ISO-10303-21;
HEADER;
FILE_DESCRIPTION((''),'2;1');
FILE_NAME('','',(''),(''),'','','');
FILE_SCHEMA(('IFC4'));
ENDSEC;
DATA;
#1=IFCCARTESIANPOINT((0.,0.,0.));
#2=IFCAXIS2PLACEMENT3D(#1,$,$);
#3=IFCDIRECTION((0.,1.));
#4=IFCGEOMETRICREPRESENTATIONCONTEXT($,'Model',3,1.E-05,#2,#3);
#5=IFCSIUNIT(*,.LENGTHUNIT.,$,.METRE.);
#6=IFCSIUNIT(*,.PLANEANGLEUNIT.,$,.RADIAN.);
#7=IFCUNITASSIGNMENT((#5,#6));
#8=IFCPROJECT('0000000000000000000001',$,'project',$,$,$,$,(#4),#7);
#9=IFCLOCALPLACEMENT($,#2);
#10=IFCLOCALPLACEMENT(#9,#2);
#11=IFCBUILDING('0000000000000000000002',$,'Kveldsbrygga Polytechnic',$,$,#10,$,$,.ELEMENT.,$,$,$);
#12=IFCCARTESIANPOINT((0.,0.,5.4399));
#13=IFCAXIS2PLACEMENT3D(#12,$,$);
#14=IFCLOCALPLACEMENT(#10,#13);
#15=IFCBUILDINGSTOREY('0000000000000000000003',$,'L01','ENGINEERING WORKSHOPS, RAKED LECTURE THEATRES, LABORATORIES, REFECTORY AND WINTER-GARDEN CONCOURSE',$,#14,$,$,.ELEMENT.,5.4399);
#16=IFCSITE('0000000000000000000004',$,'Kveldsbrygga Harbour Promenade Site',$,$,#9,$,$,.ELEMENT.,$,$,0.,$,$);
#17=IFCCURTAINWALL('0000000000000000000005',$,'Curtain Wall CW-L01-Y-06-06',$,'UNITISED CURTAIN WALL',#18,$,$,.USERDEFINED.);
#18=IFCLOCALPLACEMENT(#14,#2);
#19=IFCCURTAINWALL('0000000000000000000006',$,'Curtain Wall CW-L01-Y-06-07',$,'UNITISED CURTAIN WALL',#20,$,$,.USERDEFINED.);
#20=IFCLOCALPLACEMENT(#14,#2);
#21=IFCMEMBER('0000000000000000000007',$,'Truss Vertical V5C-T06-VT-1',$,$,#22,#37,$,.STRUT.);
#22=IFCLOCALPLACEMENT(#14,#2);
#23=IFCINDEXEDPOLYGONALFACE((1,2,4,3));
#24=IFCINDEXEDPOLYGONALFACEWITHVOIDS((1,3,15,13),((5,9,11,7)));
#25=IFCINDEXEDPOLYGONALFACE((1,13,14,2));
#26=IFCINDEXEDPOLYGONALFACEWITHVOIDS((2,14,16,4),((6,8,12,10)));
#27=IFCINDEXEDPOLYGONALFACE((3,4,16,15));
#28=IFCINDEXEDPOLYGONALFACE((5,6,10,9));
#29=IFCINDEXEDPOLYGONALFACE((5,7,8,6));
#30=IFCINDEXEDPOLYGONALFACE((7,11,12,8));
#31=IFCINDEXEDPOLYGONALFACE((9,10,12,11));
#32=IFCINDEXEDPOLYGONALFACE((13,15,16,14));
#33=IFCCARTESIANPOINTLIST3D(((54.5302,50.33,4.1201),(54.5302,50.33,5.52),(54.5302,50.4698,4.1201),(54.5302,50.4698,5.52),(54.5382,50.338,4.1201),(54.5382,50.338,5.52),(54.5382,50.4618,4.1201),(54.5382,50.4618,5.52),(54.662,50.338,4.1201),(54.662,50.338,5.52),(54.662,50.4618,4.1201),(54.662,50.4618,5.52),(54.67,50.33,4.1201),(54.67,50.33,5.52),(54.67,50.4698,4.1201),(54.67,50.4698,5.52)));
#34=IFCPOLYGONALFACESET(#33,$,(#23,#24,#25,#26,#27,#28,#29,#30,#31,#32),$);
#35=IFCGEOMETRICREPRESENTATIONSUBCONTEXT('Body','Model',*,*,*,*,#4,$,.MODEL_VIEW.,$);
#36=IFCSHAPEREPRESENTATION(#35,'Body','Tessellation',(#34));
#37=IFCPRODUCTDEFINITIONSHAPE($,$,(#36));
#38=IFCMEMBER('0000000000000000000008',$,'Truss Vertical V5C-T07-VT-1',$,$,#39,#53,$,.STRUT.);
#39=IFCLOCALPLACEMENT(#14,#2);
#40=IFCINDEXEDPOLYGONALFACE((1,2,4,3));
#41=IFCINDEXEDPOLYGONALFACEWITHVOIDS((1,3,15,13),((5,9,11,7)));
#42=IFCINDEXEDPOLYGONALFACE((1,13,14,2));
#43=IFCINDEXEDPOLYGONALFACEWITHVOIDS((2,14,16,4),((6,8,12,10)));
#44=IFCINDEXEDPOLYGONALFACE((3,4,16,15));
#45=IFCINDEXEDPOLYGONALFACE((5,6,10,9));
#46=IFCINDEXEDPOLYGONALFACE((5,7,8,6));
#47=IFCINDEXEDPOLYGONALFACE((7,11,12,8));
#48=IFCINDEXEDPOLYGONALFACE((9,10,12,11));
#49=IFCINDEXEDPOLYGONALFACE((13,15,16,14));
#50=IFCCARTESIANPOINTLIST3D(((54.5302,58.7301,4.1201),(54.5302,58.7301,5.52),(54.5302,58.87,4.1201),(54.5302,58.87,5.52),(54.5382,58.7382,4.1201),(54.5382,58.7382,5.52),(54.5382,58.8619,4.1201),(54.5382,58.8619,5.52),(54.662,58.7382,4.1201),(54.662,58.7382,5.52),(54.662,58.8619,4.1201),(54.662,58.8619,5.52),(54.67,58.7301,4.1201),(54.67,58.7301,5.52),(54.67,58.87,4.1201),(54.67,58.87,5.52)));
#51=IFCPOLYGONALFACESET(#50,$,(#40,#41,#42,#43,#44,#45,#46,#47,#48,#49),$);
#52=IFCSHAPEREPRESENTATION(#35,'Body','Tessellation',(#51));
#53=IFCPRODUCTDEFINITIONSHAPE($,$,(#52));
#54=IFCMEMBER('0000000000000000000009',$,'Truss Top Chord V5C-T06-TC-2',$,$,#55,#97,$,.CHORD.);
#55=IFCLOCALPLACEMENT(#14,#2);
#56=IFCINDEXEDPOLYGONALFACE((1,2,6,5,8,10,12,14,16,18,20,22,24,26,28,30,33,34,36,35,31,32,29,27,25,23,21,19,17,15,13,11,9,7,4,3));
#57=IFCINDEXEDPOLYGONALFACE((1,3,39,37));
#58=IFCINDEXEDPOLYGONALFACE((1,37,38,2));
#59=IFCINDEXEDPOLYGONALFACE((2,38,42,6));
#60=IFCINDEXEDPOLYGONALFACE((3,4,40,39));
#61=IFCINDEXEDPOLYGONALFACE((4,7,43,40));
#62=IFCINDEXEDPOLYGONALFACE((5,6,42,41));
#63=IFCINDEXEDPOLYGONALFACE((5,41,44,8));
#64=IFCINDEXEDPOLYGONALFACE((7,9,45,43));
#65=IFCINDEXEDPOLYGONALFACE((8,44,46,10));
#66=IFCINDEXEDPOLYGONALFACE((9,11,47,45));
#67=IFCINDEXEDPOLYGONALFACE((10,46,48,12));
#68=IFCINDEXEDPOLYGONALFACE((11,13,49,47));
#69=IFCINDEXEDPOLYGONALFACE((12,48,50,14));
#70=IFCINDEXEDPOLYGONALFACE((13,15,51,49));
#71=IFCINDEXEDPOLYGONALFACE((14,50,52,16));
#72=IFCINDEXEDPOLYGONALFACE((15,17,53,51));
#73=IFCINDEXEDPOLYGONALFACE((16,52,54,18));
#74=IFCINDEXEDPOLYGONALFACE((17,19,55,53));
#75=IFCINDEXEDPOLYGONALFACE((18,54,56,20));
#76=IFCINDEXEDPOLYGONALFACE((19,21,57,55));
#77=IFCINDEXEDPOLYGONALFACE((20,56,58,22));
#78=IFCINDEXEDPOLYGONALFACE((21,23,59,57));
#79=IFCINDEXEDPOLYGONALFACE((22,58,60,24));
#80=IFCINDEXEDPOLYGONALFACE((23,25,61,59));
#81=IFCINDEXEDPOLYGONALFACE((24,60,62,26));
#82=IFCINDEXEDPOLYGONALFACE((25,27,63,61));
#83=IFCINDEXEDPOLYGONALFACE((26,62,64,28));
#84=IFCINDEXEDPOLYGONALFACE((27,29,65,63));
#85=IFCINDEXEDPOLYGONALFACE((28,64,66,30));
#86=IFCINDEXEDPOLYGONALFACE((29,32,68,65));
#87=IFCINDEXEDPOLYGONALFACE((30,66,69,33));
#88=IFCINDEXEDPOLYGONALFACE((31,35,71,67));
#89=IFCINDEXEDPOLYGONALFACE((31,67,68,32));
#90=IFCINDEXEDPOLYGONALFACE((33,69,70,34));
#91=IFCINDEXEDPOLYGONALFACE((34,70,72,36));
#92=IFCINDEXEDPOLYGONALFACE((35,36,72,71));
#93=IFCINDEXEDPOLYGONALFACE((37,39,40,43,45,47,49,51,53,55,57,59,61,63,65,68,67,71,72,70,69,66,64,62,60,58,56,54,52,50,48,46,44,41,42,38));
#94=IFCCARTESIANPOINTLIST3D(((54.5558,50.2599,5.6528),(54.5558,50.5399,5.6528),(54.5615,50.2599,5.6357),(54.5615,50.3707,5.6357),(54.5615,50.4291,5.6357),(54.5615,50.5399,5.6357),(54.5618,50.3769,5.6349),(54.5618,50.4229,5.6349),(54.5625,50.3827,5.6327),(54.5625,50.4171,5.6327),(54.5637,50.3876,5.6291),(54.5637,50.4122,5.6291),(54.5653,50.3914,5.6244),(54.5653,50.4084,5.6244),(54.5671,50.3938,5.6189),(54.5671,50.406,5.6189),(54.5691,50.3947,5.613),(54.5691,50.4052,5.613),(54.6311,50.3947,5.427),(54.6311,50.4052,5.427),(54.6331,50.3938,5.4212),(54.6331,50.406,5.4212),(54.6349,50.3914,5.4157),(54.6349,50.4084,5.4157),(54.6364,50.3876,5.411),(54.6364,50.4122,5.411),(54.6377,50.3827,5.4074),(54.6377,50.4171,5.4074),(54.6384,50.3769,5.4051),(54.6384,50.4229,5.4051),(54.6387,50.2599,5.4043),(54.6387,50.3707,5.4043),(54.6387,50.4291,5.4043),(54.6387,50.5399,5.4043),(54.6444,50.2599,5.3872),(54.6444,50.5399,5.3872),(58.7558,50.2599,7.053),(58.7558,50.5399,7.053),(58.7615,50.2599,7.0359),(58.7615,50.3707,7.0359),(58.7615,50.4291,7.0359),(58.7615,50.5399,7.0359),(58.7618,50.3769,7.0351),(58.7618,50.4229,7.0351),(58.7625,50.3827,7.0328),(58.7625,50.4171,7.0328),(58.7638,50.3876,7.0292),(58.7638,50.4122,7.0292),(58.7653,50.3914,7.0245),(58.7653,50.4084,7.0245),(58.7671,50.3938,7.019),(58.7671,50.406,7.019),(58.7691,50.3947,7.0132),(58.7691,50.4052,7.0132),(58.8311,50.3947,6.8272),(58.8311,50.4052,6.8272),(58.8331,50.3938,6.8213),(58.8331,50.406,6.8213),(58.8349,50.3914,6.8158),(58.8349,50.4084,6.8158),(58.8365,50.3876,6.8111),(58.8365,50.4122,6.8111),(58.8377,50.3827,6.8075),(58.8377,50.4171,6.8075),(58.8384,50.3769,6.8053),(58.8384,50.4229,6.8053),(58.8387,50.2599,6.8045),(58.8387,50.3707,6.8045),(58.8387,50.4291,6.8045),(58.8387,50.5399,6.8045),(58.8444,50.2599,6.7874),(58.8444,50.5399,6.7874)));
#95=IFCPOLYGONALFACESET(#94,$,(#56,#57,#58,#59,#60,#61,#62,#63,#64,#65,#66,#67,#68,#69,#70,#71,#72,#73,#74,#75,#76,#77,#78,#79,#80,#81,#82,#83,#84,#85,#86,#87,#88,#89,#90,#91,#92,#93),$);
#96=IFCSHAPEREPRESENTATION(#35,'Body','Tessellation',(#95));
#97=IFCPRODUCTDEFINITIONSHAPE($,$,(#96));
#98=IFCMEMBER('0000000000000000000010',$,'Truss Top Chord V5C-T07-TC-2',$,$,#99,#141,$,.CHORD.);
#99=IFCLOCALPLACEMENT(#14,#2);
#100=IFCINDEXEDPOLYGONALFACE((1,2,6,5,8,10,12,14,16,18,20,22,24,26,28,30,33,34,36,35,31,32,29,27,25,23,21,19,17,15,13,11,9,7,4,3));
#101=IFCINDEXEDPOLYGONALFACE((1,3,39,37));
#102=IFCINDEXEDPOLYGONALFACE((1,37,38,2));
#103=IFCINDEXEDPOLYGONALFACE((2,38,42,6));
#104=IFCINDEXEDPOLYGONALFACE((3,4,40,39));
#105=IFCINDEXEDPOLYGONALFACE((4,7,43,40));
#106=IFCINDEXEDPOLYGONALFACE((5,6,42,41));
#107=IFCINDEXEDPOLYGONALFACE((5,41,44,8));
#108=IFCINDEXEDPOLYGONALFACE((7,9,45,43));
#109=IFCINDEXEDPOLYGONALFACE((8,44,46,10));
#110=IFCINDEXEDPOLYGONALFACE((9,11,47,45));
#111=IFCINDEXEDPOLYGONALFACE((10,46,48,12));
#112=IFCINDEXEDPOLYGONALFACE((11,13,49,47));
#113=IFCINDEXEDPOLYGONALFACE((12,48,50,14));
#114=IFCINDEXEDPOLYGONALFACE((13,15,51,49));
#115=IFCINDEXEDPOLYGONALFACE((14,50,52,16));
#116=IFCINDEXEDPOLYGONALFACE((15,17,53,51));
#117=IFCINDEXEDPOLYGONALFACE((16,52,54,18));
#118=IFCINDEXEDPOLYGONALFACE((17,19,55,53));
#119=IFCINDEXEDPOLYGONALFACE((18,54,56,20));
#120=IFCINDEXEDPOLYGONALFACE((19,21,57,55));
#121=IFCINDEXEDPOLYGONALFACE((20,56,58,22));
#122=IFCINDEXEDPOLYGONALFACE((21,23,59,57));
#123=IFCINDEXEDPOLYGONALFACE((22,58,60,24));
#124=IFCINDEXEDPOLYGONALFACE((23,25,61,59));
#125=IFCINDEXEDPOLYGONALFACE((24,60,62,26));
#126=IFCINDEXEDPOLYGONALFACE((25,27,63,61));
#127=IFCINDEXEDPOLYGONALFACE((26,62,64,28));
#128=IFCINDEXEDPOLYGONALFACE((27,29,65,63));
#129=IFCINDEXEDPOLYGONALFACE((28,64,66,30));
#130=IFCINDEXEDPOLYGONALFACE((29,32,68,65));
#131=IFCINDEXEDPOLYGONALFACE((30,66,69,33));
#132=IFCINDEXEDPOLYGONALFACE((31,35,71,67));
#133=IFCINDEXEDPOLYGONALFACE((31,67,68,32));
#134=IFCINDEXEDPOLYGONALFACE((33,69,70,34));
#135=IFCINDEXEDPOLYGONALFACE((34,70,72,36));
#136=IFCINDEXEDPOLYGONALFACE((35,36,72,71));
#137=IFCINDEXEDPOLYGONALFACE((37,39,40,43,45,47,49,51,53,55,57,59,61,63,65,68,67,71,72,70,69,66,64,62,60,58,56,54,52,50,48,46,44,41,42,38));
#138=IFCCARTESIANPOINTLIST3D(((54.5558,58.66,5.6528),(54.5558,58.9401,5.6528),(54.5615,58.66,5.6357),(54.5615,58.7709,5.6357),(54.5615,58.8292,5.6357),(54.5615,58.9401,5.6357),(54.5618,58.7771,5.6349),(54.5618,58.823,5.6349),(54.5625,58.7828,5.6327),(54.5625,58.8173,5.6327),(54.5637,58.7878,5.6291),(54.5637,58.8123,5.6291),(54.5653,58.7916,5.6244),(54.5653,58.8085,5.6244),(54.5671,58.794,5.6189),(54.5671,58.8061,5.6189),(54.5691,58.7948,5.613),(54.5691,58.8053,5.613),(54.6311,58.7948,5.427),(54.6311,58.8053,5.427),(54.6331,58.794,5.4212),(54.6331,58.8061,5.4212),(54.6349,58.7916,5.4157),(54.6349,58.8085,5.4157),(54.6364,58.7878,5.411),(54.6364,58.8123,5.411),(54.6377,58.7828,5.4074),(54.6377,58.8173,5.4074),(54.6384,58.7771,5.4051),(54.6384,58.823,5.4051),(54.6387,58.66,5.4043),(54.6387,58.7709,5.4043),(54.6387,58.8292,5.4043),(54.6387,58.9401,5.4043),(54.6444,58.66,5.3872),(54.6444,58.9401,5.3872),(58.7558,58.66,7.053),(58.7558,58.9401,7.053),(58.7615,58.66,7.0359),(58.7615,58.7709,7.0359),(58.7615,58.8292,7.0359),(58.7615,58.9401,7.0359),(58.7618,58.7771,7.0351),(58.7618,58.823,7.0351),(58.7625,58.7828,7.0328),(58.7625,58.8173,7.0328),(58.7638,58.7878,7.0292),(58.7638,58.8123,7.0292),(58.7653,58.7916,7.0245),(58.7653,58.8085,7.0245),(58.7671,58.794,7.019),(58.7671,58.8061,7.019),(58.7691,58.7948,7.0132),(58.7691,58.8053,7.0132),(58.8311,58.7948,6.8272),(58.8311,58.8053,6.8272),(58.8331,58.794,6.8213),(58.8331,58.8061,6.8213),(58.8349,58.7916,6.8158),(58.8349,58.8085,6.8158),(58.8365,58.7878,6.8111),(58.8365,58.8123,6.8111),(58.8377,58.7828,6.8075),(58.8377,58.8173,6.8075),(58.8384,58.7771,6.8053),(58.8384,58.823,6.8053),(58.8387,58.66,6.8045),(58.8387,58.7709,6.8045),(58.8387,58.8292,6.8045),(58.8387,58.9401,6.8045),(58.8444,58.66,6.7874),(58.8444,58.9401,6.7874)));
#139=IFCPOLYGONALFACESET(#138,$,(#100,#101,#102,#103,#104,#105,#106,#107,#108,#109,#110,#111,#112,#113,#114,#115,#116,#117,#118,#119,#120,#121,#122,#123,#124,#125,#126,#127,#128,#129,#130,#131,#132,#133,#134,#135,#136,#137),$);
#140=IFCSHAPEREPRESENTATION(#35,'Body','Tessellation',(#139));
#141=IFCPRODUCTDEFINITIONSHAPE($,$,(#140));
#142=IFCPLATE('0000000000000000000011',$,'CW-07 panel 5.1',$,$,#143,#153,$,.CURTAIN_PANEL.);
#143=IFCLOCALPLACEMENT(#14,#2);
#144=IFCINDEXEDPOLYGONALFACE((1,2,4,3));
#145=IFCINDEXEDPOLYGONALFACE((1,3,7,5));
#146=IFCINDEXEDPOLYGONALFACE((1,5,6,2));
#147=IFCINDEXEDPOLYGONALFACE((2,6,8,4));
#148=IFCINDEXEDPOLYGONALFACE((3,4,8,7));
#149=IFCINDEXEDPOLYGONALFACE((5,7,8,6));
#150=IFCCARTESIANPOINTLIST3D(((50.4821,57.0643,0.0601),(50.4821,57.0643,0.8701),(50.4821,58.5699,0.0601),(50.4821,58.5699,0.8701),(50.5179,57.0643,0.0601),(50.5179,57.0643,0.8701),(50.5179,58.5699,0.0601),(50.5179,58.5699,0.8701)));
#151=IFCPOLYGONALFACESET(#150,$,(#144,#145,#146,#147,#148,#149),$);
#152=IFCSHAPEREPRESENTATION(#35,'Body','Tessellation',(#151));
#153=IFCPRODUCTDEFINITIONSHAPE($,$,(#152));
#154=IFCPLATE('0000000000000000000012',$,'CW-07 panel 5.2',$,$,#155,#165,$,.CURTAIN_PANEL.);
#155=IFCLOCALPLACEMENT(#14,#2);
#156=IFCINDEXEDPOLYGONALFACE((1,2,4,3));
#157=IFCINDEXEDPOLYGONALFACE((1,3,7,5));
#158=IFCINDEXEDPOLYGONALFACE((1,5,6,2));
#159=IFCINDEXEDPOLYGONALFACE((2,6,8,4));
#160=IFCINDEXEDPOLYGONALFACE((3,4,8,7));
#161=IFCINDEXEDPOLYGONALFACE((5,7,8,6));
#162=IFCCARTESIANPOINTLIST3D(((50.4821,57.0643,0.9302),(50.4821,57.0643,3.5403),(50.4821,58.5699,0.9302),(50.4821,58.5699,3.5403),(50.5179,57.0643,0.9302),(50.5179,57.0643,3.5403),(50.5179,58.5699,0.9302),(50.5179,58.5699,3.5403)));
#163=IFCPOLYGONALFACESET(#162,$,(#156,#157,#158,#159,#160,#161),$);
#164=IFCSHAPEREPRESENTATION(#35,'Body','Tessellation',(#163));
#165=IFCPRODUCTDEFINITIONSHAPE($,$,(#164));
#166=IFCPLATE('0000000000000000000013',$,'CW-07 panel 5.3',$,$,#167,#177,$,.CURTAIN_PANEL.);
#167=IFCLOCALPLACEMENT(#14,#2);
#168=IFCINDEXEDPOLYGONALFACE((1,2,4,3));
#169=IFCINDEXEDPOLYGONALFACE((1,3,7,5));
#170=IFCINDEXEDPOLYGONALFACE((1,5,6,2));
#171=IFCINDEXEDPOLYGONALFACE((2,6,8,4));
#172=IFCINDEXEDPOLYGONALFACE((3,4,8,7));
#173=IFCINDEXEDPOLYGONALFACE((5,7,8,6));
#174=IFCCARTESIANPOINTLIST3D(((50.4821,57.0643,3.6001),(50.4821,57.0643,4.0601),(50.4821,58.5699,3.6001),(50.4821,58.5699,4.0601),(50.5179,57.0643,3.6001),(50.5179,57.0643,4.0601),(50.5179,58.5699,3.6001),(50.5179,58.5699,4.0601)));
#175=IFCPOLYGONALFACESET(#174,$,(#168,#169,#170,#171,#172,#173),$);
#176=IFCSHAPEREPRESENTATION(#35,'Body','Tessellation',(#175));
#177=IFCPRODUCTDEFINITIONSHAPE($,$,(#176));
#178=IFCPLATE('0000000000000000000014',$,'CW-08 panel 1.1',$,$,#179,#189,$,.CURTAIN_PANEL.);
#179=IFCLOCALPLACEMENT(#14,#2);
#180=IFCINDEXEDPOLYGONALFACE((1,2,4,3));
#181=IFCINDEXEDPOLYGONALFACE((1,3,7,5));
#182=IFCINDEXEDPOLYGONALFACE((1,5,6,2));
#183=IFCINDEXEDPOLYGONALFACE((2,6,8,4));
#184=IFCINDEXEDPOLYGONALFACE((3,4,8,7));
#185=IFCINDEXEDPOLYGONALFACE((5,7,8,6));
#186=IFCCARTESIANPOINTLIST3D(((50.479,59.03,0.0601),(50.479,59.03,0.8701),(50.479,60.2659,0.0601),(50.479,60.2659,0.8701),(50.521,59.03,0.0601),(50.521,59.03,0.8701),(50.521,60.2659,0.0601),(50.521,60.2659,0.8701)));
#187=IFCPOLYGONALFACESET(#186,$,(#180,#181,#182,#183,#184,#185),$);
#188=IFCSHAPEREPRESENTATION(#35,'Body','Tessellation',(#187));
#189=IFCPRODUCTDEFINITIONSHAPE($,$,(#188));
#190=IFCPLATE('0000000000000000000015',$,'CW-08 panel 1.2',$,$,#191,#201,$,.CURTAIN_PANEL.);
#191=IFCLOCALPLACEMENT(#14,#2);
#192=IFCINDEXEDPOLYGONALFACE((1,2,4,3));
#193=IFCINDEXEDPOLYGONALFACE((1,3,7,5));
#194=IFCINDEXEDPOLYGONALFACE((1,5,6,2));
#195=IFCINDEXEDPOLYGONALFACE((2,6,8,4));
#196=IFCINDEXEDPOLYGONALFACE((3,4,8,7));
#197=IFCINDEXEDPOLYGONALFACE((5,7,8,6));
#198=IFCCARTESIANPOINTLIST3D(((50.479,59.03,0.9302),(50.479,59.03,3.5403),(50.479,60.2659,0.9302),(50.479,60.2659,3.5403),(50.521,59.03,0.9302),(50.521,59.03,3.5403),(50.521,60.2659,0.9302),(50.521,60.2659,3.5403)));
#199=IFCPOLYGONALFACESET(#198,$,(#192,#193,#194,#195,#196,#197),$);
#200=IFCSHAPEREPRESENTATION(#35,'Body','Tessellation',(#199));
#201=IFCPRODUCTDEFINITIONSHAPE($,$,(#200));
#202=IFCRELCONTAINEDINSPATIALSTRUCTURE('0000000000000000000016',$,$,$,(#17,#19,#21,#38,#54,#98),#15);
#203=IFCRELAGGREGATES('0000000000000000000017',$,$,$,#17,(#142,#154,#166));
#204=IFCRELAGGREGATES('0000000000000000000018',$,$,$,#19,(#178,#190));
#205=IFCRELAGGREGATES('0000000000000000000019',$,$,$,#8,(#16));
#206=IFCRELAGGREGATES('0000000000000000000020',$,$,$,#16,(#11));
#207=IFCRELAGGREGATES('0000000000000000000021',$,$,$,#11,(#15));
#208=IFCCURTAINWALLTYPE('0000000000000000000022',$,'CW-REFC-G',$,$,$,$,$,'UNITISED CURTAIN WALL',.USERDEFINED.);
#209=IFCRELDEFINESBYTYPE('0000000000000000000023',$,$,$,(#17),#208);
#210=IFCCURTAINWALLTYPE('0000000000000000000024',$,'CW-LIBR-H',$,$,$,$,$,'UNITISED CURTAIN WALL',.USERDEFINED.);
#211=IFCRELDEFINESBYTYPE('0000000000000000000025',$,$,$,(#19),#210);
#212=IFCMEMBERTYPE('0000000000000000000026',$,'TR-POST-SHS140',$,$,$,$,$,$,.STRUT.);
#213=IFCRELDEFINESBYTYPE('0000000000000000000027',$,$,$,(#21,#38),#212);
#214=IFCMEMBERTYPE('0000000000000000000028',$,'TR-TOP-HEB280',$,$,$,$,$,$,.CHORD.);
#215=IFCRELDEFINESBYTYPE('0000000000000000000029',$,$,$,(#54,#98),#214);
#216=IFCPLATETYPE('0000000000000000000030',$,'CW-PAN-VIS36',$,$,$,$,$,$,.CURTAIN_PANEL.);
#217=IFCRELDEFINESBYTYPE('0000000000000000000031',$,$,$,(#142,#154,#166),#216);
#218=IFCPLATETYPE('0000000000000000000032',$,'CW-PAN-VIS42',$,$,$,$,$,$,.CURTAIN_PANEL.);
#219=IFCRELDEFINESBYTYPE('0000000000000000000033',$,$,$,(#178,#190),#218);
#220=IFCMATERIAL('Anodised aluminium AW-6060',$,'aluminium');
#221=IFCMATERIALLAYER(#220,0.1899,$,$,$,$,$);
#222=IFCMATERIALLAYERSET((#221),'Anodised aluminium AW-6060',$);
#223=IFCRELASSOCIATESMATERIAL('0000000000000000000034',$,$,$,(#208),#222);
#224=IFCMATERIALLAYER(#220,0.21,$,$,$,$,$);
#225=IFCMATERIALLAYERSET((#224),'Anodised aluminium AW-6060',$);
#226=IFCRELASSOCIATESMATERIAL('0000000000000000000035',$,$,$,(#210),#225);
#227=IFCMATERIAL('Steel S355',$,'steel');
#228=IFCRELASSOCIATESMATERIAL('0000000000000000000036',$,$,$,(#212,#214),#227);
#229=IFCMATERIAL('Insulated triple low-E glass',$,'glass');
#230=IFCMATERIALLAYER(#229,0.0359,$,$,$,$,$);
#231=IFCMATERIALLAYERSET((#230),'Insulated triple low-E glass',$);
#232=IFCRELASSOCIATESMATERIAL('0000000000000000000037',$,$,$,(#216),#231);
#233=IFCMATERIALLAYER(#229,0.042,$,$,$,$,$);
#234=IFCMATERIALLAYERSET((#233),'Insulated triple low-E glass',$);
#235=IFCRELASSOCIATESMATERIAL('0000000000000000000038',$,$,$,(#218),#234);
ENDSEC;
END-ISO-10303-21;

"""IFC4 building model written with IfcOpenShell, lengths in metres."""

from ifc_helpers import new_model, si_unit, direction, frame, origin, origin_2d, place, context, subcontext, project, spatial, rectangle, hollow_rectangle, i_section, extrude, material, layer, layer_set, material_profile, profile_set, type_object, element, aggregate, save


model = new_model("IFC4")

# Units and contexts
model_context = context("Model", 3, precision=1e-05, world=origin(), true_north=direction((0.0, 1.0)))
body_context = subcontext(model_context, "Body", "Model", "MODEL_VIEW")
ifc_project = project(units=[si_unit("LENGTHUNIT", "METRE"), si_unit("PLANEANGLEUNIT", "RADIAN")], contexts=[model_context])

# Site, building, storey
site_placement = place(None, origin())
site = spatial("IfcSite", under=ifc_project, at=site_placement, Name="Kveldsbrygga Harbour Promenade Site", CompositionType="ELEMENT", RefElevation=0.0)
building_placement = place(site_placement, origin())
building = spatial("IfcBuilding", under=site, at=building_placement, Name="Kveldsbrygga Polytechnic", CompositionType="ELEMENT")
storey_placement = place(building_placement, frame((0.0, 0.0, 5.4399)))
storey = spatial("IfcBuildingStorey", under=building, at=storey_placement, Name="L01", Description="ENGINEERING WORKSHOPS, RAKED LECTURE THEATRES, LABORATORIES, REFECTORY AND WINTER-GARDEN CONCOURSE", CompositionType="ELEMENT", Elevation=5.4399)

# Curtain wall
ifc_material_1 = material(Name="Anodised aluminium AW-6060", Category="aluminium")
ifc_layer_1 = layer(ifc_material_1, 0.1899)
ifc_layer_set_1 = layer_set([ifc_layer_1], Name="Anodised aluminium AW-6060")
curtain_wall_type_1 = type_object("IfcCurtainWallType", Name="CW-REFC-G", ElementType="UNITISED CURTAIN WALL", PredefinedType="USERDEFINED", material=ifc_layer_set_1)
curtain_wall_1_placement = place(storey_placement, origin())
curtain_wall_1 = element("IfcCurtainWall", 1, at=curtain_wall_1_placement, inside=storey, type_object=curtain_wall_type_1, Name="Curtain Wall CW-L01-Y-06-06", ObjectType="UNITISED CURTAIN WALL", PredefinedType="USERDEFINED")

# Curtain wall
ifc_layer_2 = layer(ifc_material_1, 0.21)
ifc_layer_set_2 = layer_set([ifc_layer_2], Name="Anodised aluminium AW-6060")
curtain_wall_type_2 = type_object("IfcCurtainWallType", Name="CW-LIBR-H", ElementType="UNITISED CURTAIN WALL", PredefinedType="USERDEFINED", material=ifc_layer_set_2)
curtain_wall_2_placement = place(storey_placement, origin())
curtain_wall_2 = element("IfcCurtainWall", 2, at=curtain_wall_2_placement, inside=storey, type_object=curtain_wall_type_2, Name="Curtain Wall CW-L01-Y-06-07", ObjectType="UNITISED CURTAIN WALL", PredefinedType="USERDEFINED")

# Members
ifc_material_2 = material(Name="Steel S355", Category="steel")
ifc_material_profile_1 = material_profile(ifc_material_2, hollow_rectangle(XDim=0.1399, YDim=0.1399, WallThickness=0.0081, at=origin_2d()), Name="SHS 140x140x8.0")
ifc_profile_set_1 = profile_set([ifc_material_profile_1], Name="Steel S355")
member_type_1 = type_object("IfcMemberType", Name="TR-POST-SHS140", PredefinedType="STRUT", material=ifc_profile_set_1)
for number, where, z_axis, x_axis, name in (
    (3, (54.6001, 50.3999, 4.1201), (0.0, 0.0, 1.0), (1.0, 0.0, 0.0), "Truss Vertical V5C-T06-VT-1"),
    (4, (54.6001, 58.8, 4.1201), (0.0, 0.0, 1.0), (1.0, 0.0, 0.0), "Truss Vertical V5C-T07-VT-1"),
):
    element("IfcMember", number, at=place(storey_placement, frame(where, z_axis=z_axis, x_axis=x_axis)), inside=storey, type_object=member_type_1, Name=name, PredefinedType="STRUT", context=body_context, shape_type="SweptSolid", body=[
        extrude(hollow_rectangle(XDim=0.1399, YDim=0.1399, WallThickness=0.0081, at=origin_2d()), origin(), (0.0, 0.0, 1.0), 1.3999),
    ])
ifc_material_profile_2 = material_profile(ifc_material_2, i_section(OverallWidth=0.28, OverallDepth=0.28, WebThickness=0.0105, FlangeThickness=0.0181, FilletRadius=0.0239, at=origin_2d()), Name="HEB 280")
ifc_profile_set_2 = profile_set([ifc_material_profile_2], Name="Steel S355")
member_type_2 = type_object("IfcMemberType", Name="TR-TOP-HEB280", PredefinedType="CHORD", material=ifc_profile_set_2)
for number, where, z_axis, x_axis, name in (
    (5, (54.6001, 50.3999, 5.52), (0.948672, 0.0, 0.316261), (0.0, 1.0, 0.0), "Truss Top Chord V5C-T06-TC-2"),
    (6, (54.6001, 58.8, 5.52), (0.948672, 0.0, 0.316261), (0.0, 1.0, 0.0), "Truss Top Chord V5C-T07-TC-2"),
):
    element("IfcMember", number, at=place(storey_placement, frame(where, z_axis=z_axis, x_axis=x_axis)), inside=storey, type_object=member_type_2, Name=name, PredefinedType="CHORD", context=body_context, shape_type="SweptSolid", body=[
        extrude(i_section(OverallWidth=0.28, OverallDepth=0.28, WebThickness=0.0105, FlangeThickness=0.0181, FilletRadius=0.0239, at=origin_2d()), origin(), (0.0, 0.0, 1.0), 4.4272),
    ])

# Plates
ifc_material_3 = material(Name="Insulated triple low-E glass", Category="glass")
ifc_layer_3 = layer(ifc_material_3, 0.0359)
ifc_layer_set_3 = layer_set([ifc_layer_3], Name="Insulated triple low-E glass")
plate_type_1 = type_object("IfcPlateType", Name="CW-PAN-VIS36", PredefinedType="CURTAIN_PANEL", material=ifc_layer_set_3)
plate_1_placement = place(storey_placement, frame((50.5, 57.8171, 0.0601), z_axis=(0.0, 0.0, 1.0), x_axis=(0.0, 1.0, 0.0)))
plate_1 = element("IfcPlate", 7, at=plate_1_placement, type_object=plate_type_1, Name="CW-07 panel 5.1", PredefinedType="CURTAIN_PANEL", context=body_context, shape_type="SweptSolid", body=[
    extrude(rectangle(XDim=1.5056, YDim=0.0359, at=origin_2d()), origin(), (0.0, 0.0, 1.0), 0.8101),
])
plate_2_placement = place(storey_placement, frame((50.5, 57.8171, 0.9302), z_axis=(0.0, 0.0, 1.0), x_axis=(0.0, 1.0, 0.0)))
plate_2 = element("IfcPlate", 8, at=plate_2_placement, type_object=plate_type_1, Name="CW-07 panel 5.2", PredefinedType="CURTAIN_PANEL", context=body_context, shape_type="SweptSolid", body=[
    extrude(rectangle(XDim=1.5056, YDim=0.0359, at=origin_2d()), origin(), (0.0, 0.0, 1.0), 2.6101),
])
plate_3_placement = place(storey_placement, frame((50.5, 57.8171, 3.6001), z_axis=(0.0, 0.0, 1.0), x_axis=(0.0, 1.0, 0.0)))
plate_3 = element("IfcPlate", 9, at=plate_3_placement, type_object=plate_type_1, Name="CW-07 panel 5.3", PredefinedType="CURTAIN_PANEL", context=body_context, shape_type="SweptSolid", body=[
    extrude(rectangle(XDim=1.5056, YDim=0.0359, at=origin_2d()), origin(), (0.0, 0.0, 1.0), 0.46),
])
aggregate(curtain_wall_1, [plate_1, plate_2, plate_3])
ifc_layer_4 = layer(ifc_material_3, 0.042)
ifc_layer_set_4 = layer_set([ifc_layer_4], Name="Insulated triple low-E glass")
plate_type_2 = type_object("IfcPlateType", Name="CW-PAN-VIS42", PredefinedType="CURTAIN_PANEL", material=ifc_layer_set_4)
plate_4_placement = place(storey_placement, frame((50.5, 59.6479, 0.0601), z_axis=(0.0, 0.0, 1.0), x_axis=(0.0, 1.0, 0.0)))
plate_4 = element("IfcPlate", 10, at=plate_4_placement, type_object=plate_type_2, Name="CW-08 panel 1.1", PredefinedType="CURTAIN_PANEL", context=body_context, shape_type="SweptSolid", body=[
    extrude(rectangle(XDim=1.2358, YDim=0.042, at=origin_2d()), origin(), (0.0, 0.0, 1.0), 0.8101),
])
plate_5_placement = place(storey_placement, frame((50.5, 59.6479, 0.9302), z_axis=(0.0, 0.0, 1.0), x_axis=(0.0, 1.0, 0.0)))
plate_5 = element("IfcPlate", 11, at=plate_5_placement, type_object=plate_type_2, Name="CW-08 panel 1.2", PredefinedType="CURTAIN_PANEL", context=body_context, shape_type="SweptSolid", body=[
    extrude(rectangle(XDim=1.2358, YDim=0.042, at=origin_2d()), origin(), (0.0, 0.0, 1.0), 2.6101),
])
aggregate(curtain_wall_2, [plate_4, plate_5])

save(model, "model.ifc")
